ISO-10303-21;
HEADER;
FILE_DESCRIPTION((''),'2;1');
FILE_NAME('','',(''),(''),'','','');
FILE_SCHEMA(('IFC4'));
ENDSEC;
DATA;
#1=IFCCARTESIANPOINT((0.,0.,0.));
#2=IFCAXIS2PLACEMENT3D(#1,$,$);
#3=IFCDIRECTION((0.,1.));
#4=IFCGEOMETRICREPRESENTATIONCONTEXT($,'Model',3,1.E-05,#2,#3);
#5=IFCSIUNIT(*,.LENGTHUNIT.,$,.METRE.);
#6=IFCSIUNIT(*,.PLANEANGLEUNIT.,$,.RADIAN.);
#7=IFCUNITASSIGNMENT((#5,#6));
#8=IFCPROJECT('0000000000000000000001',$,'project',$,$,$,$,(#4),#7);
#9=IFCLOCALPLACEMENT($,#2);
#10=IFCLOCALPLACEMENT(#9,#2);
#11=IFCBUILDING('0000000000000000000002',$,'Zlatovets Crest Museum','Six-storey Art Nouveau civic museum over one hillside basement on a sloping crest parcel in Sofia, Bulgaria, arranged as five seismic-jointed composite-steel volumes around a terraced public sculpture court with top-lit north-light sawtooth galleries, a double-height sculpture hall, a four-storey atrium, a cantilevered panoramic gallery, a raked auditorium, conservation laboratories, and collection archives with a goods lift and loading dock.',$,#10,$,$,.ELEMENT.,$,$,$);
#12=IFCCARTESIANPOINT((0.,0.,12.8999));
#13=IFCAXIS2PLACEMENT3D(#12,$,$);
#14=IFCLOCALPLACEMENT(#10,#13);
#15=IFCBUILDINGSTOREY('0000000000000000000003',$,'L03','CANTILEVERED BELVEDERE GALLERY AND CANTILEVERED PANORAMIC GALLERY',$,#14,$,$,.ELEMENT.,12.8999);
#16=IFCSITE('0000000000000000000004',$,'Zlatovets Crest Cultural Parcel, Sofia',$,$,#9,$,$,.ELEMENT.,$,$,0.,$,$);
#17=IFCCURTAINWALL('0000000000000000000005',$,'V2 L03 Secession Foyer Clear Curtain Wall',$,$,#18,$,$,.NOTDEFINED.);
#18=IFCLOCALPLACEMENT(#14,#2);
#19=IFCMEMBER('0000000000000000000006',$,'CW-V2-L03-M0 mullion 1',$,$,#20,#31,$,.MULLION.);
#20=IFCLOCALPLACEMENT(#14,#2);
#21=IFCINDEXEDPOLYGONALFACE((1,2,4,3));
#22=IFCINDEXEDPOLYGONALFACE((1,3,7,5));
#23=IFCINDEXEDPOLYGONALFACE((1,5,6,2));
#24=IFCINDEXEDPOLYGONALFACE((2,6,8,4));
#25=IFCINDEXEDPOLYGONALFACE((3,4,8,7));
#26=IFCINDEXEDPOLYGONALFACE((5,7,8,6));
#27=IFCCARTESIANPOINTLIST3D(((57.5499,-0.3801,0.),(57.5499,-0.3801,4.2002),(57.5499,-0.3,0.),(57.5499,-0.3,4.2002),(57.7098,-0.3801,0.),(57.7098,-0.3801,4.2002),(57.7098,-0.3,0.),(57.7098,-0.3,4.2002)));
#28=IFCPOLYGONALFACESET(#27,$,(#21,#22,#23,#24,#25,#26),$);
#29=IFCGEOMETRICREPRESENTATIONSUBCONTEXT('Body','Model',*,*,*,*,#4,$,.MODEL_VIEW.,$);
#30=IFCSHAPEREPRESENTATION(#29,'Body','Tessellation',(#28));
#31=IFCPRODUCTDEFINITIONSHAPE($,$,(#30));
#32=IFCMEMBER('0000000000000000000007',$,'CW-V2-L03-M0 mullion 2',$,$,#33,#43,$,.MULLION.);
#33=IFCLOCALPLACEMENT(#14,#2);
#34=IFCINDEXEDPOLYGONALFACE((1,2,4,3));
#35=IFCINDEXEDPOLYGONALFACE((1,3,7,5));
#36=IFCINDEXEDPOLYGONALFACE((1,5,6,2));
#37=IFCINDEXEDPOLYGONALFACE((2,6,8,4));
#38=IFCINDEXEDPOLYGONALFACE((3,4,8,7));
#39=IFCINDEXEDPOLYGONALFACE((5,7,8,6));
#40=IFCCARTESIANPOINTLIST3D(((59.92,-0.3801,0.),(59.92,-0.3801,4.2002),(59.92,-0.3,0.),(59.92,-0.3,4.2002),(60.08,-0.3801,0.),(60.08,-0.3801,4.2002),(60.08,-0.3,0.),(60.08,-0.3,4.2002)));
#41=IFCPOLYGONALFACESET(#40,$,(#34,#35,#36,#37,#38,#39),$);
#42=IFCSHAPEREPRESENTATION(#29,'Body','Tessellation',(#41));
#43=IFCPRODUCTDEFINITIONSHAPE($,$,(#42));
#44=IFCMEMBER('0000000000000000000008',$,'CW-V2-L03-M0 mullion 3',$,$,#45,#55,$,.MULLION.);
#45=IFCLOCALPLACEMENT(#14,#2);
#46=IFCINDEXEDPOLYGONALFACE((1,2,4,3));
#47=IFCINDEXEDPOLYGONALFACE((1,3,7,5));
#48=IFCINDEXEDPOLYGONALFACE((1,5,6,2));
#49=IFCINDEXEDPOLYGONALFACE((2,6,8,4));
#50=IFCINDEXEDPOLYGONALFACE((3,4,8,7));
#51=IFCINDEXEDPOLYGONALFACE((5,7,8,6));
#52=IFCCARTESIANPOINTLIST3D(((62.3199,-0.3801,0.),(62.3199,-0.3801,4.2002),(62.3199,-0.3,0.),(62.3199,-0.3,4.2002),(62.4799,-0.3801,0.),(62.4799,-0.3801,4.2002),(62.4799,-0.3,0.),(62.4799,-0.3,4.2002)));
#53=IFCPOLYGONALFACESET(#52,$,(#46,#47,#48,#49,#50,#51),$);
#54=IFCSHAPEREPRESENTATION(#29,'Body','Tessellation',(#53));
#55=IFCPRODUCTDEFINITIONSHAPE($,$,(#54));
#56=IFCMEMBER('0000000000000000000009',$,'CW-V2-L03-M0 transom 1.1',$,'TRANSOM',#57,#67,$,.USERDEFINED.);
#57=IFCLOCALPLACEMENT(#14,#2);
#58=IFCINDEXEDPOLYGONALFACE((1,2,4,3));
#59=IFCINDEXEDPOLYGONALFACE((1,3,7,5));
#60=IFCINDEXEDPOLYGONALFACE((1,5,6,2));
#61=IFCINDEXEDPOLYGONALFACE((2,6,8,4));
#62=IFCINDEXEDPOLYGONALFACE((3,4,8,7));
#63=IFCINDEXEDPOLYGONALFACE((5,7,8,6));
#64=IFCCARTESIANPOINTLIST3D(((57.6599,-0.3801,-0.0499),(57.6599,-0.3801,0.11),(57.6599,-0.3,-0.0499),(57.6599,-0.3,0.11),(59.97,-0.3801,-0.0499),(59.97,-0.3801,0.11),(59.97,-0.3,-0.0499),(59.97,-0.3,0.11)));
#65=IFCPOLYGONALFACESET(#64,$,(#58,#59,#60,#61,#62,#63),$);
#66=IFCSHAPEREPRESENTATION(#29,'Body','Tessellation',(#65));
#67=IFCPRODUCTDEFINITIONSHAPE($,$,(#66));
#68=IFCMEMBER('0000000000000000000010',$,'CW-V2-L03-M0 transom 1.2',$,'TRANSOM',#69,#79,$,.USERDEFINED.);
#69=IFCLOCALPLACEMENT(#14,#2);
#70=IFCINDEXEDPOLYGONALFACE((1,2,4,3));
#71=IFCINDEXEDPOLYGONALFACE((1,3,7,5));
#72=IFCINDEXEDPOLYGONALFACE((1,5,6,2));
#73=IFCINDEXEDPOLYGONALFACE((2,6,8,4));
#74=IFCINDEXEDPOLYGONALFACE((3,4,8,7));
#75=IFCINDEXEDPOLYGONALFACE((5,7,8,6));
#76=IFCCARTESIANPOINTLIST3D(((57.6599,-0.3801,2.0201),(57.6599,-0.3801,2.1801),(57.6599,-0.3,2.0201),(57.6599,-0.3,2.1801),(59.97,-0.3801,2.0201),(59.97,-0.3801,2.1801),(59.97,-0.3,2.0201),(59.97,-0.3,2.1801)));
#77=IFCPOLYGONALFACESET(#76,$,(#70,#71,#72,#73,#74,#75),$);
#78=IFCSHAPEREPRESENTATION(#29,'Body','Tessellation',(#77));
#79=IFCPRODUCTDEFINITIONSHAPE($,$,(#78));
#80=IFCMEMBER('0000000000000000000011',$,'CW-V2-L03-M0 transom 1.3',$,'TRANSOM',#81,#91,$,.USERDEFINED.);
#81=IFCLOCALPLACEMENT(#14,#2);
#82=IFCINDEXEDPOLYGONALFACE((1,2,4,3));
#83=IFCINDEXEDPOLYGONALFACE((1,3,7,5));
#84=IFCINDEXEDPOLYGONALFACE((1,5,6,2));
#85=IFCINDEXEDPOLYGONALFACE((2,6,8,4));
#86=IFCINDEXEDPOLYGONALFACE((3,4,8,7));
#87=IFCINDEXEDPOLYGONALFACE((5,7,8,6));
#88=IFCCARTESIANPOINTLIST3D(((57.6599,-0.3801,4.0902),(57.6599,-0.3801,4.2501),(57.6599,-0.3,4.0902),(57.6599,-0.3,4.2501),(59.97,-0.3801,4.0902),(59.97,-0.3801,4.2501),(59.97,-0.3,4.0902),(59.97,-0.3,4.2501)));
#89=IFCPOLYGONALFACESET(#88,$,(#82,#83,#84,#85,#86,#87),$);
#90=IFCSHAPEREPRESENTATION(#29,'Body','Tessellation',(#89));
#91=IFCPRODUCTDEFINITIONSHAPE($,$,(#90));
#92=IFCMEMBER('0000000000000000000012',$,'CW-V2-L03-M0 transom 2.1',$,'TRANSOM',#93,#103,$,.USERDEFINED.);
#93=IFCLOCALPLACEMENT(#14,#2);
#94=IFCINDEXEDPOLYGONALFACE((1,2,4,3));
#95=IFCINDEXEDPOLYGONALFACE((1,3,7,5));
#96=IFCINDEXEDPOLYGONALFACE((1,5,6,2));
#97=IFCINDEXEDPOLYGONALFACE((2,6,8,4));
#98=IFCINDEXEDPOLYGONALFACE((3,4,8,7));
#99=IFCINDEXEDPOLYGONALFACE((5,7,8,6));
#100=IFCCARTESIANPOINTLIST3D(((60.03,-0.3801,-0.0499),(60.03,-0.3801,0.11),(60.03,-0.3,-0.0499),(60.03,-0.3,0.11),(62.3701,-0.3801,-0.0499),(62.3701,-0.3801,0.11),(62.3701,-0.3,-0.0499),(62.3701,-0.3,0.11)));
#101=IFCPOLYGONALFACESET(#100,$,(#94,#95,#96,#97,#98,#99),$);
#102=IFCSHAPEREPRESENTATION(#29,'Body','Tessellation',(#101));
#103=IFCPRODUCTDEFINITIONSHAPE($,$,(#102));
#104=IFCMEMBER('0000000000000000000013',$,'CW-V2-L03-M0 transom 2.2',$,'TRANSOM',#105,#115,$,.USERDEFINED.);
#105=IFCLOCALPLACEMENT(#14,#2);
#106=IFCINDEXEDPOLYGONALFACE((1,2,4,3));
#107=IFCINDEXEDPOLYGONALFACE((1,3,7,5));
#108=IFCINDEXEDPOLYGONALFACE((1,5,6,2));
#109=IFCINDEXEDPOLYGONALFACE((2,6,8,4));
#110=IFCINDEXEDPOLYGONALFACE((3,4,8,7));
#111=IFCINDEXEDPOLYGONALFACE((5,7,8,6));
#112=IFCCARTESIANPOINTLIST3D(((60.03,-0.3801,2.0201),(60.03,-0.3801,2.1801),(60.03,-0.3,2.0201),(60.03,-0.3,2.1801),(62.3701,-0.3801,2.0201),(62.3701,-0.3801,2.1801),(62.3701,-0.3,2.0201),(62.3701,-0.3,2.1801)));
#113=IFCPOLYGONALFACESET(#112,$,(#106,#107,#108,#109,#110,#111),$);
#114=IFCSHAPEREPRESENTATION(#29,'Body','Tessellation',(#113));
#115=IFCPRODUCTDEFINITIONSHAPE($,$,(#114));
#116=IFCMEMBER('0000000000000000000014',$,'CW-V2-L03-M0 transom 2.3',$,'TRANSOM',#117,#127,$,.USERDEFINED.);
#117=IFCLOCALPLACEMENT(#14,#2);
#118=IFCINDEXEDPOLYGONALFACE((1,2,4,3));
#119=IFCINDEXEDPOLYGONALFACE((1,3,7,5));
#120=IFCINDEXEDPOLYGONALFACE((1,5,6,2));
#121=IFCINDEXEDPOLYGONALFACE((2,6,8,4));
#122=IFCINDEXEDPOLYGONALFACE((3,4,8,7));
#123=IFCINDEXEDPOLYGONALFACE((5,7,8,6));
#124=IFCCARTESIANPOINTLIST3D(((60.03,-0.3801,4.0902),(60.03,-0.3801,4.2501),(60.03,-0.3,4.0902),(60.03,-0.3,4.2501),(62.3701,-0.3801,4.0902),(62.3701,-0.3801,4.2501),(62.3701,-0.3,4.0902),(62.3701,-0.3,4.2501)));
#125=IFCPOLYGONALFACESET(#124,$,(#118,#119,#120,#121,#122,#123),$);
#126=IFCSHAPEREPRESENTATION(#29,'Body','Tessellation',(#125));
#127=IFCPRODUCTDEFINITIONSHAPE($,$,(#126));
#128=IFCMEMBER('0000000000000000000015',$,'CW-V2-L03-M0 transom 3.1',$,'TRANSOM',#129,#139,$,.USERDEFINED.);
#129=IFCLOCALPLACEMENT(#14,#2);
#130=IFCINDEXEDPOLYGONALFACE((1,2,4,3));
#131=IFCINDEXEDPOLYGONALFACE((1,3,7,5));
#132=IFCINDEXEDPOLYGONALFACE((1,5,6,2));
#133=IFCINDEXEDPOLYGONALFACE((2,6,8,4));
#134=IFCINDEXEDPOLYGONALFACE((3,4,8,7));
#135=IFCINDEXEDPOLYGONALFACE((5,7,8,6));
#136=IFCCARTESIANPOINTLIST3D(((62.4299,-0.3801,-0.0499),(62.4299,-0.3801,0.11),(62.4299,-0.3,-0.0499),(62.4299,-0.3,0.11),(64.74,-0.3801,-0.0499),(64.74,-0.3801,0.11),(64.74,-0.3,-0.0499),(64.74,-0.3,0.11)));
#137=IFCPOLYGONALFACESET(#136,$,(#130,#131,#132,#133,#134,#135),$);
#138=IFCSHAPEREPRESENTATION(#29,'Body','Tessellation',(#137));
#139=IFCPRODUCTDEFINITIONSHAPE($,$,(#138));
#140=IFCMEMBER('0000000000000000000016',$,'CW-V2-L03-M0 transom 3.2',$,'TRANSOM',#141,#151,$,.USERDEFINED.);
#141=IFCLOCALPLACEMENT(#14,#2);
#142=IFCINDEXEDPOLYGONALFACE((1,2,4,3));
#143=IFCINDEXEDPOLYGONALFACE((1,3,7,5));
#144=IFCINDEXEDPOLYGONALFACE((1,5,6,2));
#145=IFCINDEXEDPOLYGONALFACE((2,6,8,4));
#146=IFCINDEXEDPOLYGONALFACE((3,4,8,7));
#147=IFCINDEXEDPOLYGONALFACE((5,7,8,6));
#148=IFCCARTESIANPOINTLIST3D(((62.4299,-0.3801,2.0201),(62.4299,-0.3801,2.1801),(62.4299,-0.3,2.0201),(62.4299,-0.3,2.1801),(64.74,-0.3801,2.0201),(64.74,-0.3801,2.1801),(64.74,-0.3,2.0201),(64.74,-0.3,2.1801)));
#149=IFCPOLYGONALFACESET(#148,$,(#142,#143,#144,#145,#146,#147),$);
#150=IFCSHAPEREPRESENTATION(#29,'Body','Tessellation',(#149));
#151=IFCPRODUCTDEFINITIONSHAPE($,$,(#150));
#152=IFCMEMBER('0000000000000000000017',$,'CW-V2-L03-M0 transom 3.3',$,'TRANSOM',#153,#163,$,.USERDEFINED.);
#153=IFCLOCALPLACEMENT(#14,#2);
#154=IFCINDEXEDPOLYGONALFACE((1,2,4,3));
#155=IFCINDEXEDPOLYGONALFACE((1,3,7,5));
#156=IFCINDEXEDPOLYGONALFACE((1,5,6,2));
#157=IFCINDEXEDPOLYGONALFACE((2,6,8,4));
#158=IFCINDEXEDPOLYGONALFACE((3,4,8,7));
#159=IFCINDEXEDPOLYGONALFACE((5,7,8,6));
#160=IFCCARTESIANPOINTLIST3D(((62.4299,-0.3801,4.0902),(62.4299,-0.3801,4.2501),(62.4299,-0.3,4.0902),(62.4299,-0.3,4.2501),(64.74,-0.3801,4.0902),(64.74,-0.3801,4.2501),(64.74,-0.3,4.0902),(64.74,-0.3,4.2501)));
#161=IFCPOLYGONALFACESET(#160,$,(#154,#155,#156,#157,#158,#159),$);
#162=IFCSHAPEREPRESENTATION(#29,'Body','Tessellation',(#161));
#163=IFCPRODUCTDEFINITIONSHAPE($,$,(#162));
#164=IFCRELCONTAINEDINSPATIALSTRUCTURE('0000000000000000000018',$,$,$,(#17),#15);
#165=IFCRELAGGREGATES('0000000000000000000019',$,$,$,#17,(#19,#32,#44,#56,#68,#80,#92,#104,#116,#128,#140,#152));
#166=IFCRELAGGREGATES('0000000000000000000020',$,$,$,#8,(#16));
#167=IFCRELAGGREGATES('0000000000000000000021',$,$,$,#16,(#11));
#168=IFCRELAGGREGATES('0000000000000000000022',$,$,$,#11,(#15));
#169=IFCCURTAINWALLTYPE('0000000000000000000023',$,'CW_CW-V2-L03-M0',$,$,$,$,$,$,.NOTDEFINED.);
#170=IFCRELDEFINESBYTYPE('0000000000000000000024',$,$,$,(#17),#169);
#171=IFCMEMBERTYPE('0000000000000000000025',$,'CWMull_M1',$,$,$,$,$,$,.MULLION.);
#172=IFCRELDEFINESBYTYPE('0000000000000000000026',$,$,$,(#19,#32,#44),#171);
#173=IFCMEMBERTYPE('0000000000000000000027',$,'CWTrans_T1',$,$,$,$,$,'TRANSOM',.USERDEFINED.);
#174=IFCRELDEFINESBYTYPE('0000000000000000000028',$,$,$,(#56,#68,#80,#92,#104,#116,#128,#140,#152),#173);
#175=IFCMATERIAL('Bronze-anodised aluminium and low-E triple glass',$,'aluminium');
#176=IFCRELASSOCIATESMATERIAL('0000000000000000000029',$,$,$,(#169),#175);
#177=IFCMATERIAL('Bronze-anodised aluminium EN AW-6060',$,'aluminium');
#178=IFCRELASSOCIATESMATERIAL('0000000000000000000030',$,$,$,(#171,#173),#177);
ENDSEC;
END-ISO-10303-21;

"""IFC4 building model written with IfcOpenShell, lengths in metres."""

from ifc_helpers import new_model, si_unit, direction, frame, origin, origin_2d, place, context, subcontext, project, spatial, rectangle, extrude, material, material_profile, profile_set, type_object, element, aggregate, save


model = new_model("IFC4")

# Units and contexts
model_context = context("Model", 3, precision=1e-05, world=origin(), true_north=direction((0.0, 1.0)))
body_context = subcontext(model_context, "Body", "Model", "MODEL_VIEW")
ifc_project = project(units=[si_unit("LENGTHUNIT", "METRE"), si_unit("PLANEANGLEUNIT", "RADIAN")], contexts=[model_context])

# Site, building, storey
site_placement = place(None, origin())
site = spatial("IfcSite", under=ifc_project, at=site_placement, Name="Zlatovets Crest Cultural Parcel, Sofia", CompositionType="ELEMENT", RefElevation=0.0)
building_placement = place(site_placement, origin())
building = spatial("IfcBuilding", under=site, at=building_placement, Name="Zlatovets Crest Museum", Description="Six-storey Art Nouveau civic museum over one hillside basement on a sloping crest parcel in Sofia, Bulgaria, arranged as five seismic-jointed composite-steel volumes around a terraced public sculpture court with top-lit north-light sawtooth galleries, a double-height sculpture hall, a four-storey atrium, a cantilevered panoramic gallery, a raked auditorium, conservation laboratories, and collection archives with a goods lift and loading dock.", CompositionType="ELEMENT")
storey_placement = place(building_placement, frame((0.0, 0.0, 12.8999)))
storey = spatial("IfcBuildingStorey", under=building, at=storey_placement, Name="L03", Description="CANTILEVERED BELVEDERE GALLERY AND CANTILEVERED PANORAMIC GALLERY", CompositionType="ELEMENT", Elevation=12.8999)

# Curtain wall, members
ifc_material_1 = material(Name="Bronze-anodised aluminium and low-E triple glass", Category="aluminium")
curtain_wall_type = type_object("IfcCurtainWallType", Name="CW_CW-V2-L03-M0", PredefinedType="NOTDEFINED", material=ifc_material_1)
curtain_wall_placement = place(storey_placement, origin())
curtain_wall = element("IfcCurtainWall", 1, at=curtain_wall_placement, inside=storey, type_object=curtain_wall_type, Name="V2 L03 Secession Foyer Clear Curtain Wall", PredefinedType="NOTDEFINED")
ifc_material_2 = material(Name="Bronze-anodised aluminium EN AW-6060", Category="aluminium")
ifc_material_profile_1 = material_profile(ifc_material_2, rectangle(XDim=0.0801, YDim=0.1599, at=origin_2d()), Name="ALU 80x160")
ifc_profile_set_1 = profile_set([ifc_material_profile_1], Name="Bronze-anodised aluminium EN AW-6060")
member_type_1 = type_object("IfcMemberType", Name="CWMull_M1", PredefinedType="MULLION", material=ifc_profile_set_1)
member_1_placement = place(storey_placement, frame((57.6299, -0.3401, 0.0), z_axis=(0.0, 0.0, 1.0), x_axis=(0.0, 1.0, 0.0)))
member_1 = element("IfcMember", 2, at=member_1_placement, type_object=member_type_1, Name="CW-V2-L03-M0 mullion 1", PredefinedType="MULLION", context=body_context, shape_type="SweptSolid", body=[
    extrude(rectangle(XDim=0.0801, YDim=0.1599, at=origin_2d()), origin(), (0.0, 0.0, 1.0), 4.2002),
])
member_2_placement = place(storey_placement, frame((60.0, -0.3401, 0.0), z_axis=(0.0, 0.0, 1.0), x_axis=(0.0, 1.0, 0.0)))
member_2 = element("IfcMember", 3, at=member_2_placement, type_object=member_type_1, Name="CW-V2-L03-M0 mullion 2", PredefinedType="MULLION", context=body_context, shape_type="SweptSolid", body=[
    extrude(rectangle(XDim=0.0801, YDim=0.1599, at=origin_2d()), origin(), (0.0, 0.0, 1.0), 4.2002),
])
member_3_placement = place(storey_placement, frame((62.3999, -0.3401, 0.0), z_axis=(0.0, 0.0, 1.0), x_axis=(0.0, 1.0, 0.0)))
member_3 = element("IfcMember", 4, at=member_3_placement, type_object=member_type_1, Name="CW-V2-L03-M0 mullion 3", PredefinedType="MULLION", context=body_context, shape_type="SweptSolid", body=[
    extrude(rectangle(XDim=0.0801, YDim=0.1599, at=origin_2d()), origin(), (0.0, 0.0, 1.0), 4.2002),
])
ifc_material_profile_2 = material_profile(ifc_material_2, rectangle(XDim=0.0801, YDim=0.1599, at=origin_2d()), Name="ALU 80x160")
ifc_profile_set_2 = profile_set([ifc_material_profile_2], Name="Bronze-anodised aluminium EN AW-6060")
member_type_2 = type_object("IfcMemberType", Name="CWTrans_T1", ElementType="TRANSOM", PredefinedType="USERDEFINED", material=ifc_profile_set_2)
member_4_placement = place(storey_placement, frame((57.6599, -0.3401, 0.03), z_axis=(1.0, 0.0, 0.0), x_axis=(0.0, 1.0, 0.0)))
member_4 = element("IfcMember", 5, at=member_4_placement, type_object=member_type_2, Name="CW-V2-L03-M0 transom 1.1", ObjectType="TRANSOM", PredefinedType="USERDEFINED", context=body_context, shape_type="SweptSolid", body=[
    extrude(rectangle(XDim=0.0801, YDim=0.1599, at=origin_2d()), origin(), (0.0, 0.0, 1.0), 2.3101),
])
member_5_placement = place(storey_placement, frame((57.6599, -0.3401, 2.1001), z_axis=(1.0, 0.0, 0.0), x_axis=(0.0, 1.0, 0.0)))
member_5 = element("IfcMember", 6, at=member_5_placement, type_object=member_type_2, Name="CW-V2-L03-M0 transom 1.2", ObjectType="TRANSOM", PredefinedType="USERDEFINED", context=body_context, shape_type="SweptSolid", body=[
    extrude(rectangle(XDim=0.0801, YDim=0.1599, at=origin_2d()), origin(), (0.0, 0.0, 1.0), 2.3101),
])
member_6_placement = place(storey_placement, frame((57.6599, -0.3401, 4.1702), z_axis=(1.0, 0.0, 0.0), x_axis=(0.0, 1.0, 0.0)))
member_6 = element("IfcMember", 7, at=member_6_placement, type_object=member_type_2, Name="CW-V2-L03-M0 transom 1.3", ObjectType="TRANSOM", PredefinedType="USERDEFINED", context=body_context, shape_type="SweptSolid", body=[
    extrude(rectangle(XDim=0.0801, YDim=0.1599, at=origin_2d()), origin(), (0.0, 0.0, 1.0), 2.3101),
])
member_7_placement = place(storey_placement, frame((60.03, -0.3401, 0.03), z_axis=(1.0, 0.0, 0.0), x_axis=(0.0, 1.0, 0.0)))
member_7 = element("IfcMember", 8, at=member_7_placement, type_object=member_type_2, Name="CW-V2-L03-M0 transom 2.1", ObjectType="TRANSOM", PredefinedType="USERDEFINED", context=body_context, shape_type="SweptSolid", body=[
    extrude(rectangle(XDim=0.0801, YDim=0.1599, at=origin_2d()), origin(), (0.0, 0.0, 1.0), 2.3401),
])
member_8_placement = place(storey_placement, frame((60.03, -0.3401, 2.1001), z_axis=(1.0, 0.0, 0.0), x_axis=(0.0, 1.0, 0.0)))
member_8 = element("IfcMember", 9, at=member_8_placement, type_object=member_type_2, Name="CW-V2-L03-M0 transom 2.2", ObjectType="TRANSOM", PredefinedType="USERDEFINED", context=body_context, shape_type="SweptSolid", body=[
    extrude(rectangle(XDim=0.0801, YDim=0.1599, at=origin_2d()), origin(), (0.0, 0.0, 1.0), 2.3401),
])
member_9_placement = place(storey_placement, frame((60.03, -0.3401, 4.1702), z_axis=(1.0, 0.0, 0.0), x_axis=(0.0, 1.0, 0.0)))
member_9 = element("IfcMember", 10, at=member_9_placement, type_object=member_type_2, Name="CW-V2-L03-M0 transom 2.3", ObjectType="TRANSOM", PredefinedType="USERDEFINED", context=body_context, shape_type="SweptSolid", body=[
    extrude(rectangle(XDim=0.0801, YDim=0.1599, at=origin_2d()), origin(), (0.0, 0.0, 1.0), 2.3401),
])
member_10_placement = place(storey_placement, frame((62.4299, -0.3401, 0.03), z_axis=(1.0, 0.0, 0.0), x_axis=(0.0, 1.0, 0.0)))
member_10 = element("IfcMember", 11, at=member_10_placement, type_object=member_type_2, Name="CW-V2-L03-M0 transom 3.1", ObjectType="TRANSOM", PredefinedType="USERDEFINED", context=body_context, shape_type="SweptSolid", body=[
    extrude(rectangle(XDim=0.0801, YDim=0.1599, at=origin_2d()), origin(), (0.0, 0.0, 1.0), 2.3101),
])
member_11_placement = place(storey_placement, frame((62.4299, -0.3401, 2.1001), z_axis=(1.0, 0.0, 0.0), x_axis=(0.0, 1.0, 0.0)))
member_11 = element("IfcMember", 12, at=member_11_placement, type_object=member_type_2, Name="CW-V2-L03-M0 transom 3.2", ObjectType="TRANSOM", PredefinedType="USERDEFINED", context=body_context, shape_type="SweptSolid", body=[
    extrude(rectangle(XDim=0.0801, YDim=0.1599, at=origin_2d()), origin(), (0.0, 0.0, 1.0), 2.3101),
])
member_12_placement = place(storey_placement, frame((62.4299, -0.3401, 4.1702), z_axis=(1.0, 0.0, 0.0), x_axis=(0.0, 1.0, 0.0)))
member_12 = element("IfcMember", 13, at=member_12_placement, type_object=member_type_2, Name="CW-V2-L03-M0 transom 3.3", ObjectType="TRANSOM", PredefinedType="USERDEFINED", context=body_context, shape_type="SweptSolid", body=[
    extrude(rectangle(XDim=0.0801, YDim=0.1599, at=origin_2d()), origin(), (0.0, 0.0, 1.0), 2.3101),
])

aggregate(curtain_wall, [member_1, member_2, member_3, member_4, member_5, member_6, member_7, member_8, member_9, member_10, member_11, member_12])

save(model, "model.ifc")
